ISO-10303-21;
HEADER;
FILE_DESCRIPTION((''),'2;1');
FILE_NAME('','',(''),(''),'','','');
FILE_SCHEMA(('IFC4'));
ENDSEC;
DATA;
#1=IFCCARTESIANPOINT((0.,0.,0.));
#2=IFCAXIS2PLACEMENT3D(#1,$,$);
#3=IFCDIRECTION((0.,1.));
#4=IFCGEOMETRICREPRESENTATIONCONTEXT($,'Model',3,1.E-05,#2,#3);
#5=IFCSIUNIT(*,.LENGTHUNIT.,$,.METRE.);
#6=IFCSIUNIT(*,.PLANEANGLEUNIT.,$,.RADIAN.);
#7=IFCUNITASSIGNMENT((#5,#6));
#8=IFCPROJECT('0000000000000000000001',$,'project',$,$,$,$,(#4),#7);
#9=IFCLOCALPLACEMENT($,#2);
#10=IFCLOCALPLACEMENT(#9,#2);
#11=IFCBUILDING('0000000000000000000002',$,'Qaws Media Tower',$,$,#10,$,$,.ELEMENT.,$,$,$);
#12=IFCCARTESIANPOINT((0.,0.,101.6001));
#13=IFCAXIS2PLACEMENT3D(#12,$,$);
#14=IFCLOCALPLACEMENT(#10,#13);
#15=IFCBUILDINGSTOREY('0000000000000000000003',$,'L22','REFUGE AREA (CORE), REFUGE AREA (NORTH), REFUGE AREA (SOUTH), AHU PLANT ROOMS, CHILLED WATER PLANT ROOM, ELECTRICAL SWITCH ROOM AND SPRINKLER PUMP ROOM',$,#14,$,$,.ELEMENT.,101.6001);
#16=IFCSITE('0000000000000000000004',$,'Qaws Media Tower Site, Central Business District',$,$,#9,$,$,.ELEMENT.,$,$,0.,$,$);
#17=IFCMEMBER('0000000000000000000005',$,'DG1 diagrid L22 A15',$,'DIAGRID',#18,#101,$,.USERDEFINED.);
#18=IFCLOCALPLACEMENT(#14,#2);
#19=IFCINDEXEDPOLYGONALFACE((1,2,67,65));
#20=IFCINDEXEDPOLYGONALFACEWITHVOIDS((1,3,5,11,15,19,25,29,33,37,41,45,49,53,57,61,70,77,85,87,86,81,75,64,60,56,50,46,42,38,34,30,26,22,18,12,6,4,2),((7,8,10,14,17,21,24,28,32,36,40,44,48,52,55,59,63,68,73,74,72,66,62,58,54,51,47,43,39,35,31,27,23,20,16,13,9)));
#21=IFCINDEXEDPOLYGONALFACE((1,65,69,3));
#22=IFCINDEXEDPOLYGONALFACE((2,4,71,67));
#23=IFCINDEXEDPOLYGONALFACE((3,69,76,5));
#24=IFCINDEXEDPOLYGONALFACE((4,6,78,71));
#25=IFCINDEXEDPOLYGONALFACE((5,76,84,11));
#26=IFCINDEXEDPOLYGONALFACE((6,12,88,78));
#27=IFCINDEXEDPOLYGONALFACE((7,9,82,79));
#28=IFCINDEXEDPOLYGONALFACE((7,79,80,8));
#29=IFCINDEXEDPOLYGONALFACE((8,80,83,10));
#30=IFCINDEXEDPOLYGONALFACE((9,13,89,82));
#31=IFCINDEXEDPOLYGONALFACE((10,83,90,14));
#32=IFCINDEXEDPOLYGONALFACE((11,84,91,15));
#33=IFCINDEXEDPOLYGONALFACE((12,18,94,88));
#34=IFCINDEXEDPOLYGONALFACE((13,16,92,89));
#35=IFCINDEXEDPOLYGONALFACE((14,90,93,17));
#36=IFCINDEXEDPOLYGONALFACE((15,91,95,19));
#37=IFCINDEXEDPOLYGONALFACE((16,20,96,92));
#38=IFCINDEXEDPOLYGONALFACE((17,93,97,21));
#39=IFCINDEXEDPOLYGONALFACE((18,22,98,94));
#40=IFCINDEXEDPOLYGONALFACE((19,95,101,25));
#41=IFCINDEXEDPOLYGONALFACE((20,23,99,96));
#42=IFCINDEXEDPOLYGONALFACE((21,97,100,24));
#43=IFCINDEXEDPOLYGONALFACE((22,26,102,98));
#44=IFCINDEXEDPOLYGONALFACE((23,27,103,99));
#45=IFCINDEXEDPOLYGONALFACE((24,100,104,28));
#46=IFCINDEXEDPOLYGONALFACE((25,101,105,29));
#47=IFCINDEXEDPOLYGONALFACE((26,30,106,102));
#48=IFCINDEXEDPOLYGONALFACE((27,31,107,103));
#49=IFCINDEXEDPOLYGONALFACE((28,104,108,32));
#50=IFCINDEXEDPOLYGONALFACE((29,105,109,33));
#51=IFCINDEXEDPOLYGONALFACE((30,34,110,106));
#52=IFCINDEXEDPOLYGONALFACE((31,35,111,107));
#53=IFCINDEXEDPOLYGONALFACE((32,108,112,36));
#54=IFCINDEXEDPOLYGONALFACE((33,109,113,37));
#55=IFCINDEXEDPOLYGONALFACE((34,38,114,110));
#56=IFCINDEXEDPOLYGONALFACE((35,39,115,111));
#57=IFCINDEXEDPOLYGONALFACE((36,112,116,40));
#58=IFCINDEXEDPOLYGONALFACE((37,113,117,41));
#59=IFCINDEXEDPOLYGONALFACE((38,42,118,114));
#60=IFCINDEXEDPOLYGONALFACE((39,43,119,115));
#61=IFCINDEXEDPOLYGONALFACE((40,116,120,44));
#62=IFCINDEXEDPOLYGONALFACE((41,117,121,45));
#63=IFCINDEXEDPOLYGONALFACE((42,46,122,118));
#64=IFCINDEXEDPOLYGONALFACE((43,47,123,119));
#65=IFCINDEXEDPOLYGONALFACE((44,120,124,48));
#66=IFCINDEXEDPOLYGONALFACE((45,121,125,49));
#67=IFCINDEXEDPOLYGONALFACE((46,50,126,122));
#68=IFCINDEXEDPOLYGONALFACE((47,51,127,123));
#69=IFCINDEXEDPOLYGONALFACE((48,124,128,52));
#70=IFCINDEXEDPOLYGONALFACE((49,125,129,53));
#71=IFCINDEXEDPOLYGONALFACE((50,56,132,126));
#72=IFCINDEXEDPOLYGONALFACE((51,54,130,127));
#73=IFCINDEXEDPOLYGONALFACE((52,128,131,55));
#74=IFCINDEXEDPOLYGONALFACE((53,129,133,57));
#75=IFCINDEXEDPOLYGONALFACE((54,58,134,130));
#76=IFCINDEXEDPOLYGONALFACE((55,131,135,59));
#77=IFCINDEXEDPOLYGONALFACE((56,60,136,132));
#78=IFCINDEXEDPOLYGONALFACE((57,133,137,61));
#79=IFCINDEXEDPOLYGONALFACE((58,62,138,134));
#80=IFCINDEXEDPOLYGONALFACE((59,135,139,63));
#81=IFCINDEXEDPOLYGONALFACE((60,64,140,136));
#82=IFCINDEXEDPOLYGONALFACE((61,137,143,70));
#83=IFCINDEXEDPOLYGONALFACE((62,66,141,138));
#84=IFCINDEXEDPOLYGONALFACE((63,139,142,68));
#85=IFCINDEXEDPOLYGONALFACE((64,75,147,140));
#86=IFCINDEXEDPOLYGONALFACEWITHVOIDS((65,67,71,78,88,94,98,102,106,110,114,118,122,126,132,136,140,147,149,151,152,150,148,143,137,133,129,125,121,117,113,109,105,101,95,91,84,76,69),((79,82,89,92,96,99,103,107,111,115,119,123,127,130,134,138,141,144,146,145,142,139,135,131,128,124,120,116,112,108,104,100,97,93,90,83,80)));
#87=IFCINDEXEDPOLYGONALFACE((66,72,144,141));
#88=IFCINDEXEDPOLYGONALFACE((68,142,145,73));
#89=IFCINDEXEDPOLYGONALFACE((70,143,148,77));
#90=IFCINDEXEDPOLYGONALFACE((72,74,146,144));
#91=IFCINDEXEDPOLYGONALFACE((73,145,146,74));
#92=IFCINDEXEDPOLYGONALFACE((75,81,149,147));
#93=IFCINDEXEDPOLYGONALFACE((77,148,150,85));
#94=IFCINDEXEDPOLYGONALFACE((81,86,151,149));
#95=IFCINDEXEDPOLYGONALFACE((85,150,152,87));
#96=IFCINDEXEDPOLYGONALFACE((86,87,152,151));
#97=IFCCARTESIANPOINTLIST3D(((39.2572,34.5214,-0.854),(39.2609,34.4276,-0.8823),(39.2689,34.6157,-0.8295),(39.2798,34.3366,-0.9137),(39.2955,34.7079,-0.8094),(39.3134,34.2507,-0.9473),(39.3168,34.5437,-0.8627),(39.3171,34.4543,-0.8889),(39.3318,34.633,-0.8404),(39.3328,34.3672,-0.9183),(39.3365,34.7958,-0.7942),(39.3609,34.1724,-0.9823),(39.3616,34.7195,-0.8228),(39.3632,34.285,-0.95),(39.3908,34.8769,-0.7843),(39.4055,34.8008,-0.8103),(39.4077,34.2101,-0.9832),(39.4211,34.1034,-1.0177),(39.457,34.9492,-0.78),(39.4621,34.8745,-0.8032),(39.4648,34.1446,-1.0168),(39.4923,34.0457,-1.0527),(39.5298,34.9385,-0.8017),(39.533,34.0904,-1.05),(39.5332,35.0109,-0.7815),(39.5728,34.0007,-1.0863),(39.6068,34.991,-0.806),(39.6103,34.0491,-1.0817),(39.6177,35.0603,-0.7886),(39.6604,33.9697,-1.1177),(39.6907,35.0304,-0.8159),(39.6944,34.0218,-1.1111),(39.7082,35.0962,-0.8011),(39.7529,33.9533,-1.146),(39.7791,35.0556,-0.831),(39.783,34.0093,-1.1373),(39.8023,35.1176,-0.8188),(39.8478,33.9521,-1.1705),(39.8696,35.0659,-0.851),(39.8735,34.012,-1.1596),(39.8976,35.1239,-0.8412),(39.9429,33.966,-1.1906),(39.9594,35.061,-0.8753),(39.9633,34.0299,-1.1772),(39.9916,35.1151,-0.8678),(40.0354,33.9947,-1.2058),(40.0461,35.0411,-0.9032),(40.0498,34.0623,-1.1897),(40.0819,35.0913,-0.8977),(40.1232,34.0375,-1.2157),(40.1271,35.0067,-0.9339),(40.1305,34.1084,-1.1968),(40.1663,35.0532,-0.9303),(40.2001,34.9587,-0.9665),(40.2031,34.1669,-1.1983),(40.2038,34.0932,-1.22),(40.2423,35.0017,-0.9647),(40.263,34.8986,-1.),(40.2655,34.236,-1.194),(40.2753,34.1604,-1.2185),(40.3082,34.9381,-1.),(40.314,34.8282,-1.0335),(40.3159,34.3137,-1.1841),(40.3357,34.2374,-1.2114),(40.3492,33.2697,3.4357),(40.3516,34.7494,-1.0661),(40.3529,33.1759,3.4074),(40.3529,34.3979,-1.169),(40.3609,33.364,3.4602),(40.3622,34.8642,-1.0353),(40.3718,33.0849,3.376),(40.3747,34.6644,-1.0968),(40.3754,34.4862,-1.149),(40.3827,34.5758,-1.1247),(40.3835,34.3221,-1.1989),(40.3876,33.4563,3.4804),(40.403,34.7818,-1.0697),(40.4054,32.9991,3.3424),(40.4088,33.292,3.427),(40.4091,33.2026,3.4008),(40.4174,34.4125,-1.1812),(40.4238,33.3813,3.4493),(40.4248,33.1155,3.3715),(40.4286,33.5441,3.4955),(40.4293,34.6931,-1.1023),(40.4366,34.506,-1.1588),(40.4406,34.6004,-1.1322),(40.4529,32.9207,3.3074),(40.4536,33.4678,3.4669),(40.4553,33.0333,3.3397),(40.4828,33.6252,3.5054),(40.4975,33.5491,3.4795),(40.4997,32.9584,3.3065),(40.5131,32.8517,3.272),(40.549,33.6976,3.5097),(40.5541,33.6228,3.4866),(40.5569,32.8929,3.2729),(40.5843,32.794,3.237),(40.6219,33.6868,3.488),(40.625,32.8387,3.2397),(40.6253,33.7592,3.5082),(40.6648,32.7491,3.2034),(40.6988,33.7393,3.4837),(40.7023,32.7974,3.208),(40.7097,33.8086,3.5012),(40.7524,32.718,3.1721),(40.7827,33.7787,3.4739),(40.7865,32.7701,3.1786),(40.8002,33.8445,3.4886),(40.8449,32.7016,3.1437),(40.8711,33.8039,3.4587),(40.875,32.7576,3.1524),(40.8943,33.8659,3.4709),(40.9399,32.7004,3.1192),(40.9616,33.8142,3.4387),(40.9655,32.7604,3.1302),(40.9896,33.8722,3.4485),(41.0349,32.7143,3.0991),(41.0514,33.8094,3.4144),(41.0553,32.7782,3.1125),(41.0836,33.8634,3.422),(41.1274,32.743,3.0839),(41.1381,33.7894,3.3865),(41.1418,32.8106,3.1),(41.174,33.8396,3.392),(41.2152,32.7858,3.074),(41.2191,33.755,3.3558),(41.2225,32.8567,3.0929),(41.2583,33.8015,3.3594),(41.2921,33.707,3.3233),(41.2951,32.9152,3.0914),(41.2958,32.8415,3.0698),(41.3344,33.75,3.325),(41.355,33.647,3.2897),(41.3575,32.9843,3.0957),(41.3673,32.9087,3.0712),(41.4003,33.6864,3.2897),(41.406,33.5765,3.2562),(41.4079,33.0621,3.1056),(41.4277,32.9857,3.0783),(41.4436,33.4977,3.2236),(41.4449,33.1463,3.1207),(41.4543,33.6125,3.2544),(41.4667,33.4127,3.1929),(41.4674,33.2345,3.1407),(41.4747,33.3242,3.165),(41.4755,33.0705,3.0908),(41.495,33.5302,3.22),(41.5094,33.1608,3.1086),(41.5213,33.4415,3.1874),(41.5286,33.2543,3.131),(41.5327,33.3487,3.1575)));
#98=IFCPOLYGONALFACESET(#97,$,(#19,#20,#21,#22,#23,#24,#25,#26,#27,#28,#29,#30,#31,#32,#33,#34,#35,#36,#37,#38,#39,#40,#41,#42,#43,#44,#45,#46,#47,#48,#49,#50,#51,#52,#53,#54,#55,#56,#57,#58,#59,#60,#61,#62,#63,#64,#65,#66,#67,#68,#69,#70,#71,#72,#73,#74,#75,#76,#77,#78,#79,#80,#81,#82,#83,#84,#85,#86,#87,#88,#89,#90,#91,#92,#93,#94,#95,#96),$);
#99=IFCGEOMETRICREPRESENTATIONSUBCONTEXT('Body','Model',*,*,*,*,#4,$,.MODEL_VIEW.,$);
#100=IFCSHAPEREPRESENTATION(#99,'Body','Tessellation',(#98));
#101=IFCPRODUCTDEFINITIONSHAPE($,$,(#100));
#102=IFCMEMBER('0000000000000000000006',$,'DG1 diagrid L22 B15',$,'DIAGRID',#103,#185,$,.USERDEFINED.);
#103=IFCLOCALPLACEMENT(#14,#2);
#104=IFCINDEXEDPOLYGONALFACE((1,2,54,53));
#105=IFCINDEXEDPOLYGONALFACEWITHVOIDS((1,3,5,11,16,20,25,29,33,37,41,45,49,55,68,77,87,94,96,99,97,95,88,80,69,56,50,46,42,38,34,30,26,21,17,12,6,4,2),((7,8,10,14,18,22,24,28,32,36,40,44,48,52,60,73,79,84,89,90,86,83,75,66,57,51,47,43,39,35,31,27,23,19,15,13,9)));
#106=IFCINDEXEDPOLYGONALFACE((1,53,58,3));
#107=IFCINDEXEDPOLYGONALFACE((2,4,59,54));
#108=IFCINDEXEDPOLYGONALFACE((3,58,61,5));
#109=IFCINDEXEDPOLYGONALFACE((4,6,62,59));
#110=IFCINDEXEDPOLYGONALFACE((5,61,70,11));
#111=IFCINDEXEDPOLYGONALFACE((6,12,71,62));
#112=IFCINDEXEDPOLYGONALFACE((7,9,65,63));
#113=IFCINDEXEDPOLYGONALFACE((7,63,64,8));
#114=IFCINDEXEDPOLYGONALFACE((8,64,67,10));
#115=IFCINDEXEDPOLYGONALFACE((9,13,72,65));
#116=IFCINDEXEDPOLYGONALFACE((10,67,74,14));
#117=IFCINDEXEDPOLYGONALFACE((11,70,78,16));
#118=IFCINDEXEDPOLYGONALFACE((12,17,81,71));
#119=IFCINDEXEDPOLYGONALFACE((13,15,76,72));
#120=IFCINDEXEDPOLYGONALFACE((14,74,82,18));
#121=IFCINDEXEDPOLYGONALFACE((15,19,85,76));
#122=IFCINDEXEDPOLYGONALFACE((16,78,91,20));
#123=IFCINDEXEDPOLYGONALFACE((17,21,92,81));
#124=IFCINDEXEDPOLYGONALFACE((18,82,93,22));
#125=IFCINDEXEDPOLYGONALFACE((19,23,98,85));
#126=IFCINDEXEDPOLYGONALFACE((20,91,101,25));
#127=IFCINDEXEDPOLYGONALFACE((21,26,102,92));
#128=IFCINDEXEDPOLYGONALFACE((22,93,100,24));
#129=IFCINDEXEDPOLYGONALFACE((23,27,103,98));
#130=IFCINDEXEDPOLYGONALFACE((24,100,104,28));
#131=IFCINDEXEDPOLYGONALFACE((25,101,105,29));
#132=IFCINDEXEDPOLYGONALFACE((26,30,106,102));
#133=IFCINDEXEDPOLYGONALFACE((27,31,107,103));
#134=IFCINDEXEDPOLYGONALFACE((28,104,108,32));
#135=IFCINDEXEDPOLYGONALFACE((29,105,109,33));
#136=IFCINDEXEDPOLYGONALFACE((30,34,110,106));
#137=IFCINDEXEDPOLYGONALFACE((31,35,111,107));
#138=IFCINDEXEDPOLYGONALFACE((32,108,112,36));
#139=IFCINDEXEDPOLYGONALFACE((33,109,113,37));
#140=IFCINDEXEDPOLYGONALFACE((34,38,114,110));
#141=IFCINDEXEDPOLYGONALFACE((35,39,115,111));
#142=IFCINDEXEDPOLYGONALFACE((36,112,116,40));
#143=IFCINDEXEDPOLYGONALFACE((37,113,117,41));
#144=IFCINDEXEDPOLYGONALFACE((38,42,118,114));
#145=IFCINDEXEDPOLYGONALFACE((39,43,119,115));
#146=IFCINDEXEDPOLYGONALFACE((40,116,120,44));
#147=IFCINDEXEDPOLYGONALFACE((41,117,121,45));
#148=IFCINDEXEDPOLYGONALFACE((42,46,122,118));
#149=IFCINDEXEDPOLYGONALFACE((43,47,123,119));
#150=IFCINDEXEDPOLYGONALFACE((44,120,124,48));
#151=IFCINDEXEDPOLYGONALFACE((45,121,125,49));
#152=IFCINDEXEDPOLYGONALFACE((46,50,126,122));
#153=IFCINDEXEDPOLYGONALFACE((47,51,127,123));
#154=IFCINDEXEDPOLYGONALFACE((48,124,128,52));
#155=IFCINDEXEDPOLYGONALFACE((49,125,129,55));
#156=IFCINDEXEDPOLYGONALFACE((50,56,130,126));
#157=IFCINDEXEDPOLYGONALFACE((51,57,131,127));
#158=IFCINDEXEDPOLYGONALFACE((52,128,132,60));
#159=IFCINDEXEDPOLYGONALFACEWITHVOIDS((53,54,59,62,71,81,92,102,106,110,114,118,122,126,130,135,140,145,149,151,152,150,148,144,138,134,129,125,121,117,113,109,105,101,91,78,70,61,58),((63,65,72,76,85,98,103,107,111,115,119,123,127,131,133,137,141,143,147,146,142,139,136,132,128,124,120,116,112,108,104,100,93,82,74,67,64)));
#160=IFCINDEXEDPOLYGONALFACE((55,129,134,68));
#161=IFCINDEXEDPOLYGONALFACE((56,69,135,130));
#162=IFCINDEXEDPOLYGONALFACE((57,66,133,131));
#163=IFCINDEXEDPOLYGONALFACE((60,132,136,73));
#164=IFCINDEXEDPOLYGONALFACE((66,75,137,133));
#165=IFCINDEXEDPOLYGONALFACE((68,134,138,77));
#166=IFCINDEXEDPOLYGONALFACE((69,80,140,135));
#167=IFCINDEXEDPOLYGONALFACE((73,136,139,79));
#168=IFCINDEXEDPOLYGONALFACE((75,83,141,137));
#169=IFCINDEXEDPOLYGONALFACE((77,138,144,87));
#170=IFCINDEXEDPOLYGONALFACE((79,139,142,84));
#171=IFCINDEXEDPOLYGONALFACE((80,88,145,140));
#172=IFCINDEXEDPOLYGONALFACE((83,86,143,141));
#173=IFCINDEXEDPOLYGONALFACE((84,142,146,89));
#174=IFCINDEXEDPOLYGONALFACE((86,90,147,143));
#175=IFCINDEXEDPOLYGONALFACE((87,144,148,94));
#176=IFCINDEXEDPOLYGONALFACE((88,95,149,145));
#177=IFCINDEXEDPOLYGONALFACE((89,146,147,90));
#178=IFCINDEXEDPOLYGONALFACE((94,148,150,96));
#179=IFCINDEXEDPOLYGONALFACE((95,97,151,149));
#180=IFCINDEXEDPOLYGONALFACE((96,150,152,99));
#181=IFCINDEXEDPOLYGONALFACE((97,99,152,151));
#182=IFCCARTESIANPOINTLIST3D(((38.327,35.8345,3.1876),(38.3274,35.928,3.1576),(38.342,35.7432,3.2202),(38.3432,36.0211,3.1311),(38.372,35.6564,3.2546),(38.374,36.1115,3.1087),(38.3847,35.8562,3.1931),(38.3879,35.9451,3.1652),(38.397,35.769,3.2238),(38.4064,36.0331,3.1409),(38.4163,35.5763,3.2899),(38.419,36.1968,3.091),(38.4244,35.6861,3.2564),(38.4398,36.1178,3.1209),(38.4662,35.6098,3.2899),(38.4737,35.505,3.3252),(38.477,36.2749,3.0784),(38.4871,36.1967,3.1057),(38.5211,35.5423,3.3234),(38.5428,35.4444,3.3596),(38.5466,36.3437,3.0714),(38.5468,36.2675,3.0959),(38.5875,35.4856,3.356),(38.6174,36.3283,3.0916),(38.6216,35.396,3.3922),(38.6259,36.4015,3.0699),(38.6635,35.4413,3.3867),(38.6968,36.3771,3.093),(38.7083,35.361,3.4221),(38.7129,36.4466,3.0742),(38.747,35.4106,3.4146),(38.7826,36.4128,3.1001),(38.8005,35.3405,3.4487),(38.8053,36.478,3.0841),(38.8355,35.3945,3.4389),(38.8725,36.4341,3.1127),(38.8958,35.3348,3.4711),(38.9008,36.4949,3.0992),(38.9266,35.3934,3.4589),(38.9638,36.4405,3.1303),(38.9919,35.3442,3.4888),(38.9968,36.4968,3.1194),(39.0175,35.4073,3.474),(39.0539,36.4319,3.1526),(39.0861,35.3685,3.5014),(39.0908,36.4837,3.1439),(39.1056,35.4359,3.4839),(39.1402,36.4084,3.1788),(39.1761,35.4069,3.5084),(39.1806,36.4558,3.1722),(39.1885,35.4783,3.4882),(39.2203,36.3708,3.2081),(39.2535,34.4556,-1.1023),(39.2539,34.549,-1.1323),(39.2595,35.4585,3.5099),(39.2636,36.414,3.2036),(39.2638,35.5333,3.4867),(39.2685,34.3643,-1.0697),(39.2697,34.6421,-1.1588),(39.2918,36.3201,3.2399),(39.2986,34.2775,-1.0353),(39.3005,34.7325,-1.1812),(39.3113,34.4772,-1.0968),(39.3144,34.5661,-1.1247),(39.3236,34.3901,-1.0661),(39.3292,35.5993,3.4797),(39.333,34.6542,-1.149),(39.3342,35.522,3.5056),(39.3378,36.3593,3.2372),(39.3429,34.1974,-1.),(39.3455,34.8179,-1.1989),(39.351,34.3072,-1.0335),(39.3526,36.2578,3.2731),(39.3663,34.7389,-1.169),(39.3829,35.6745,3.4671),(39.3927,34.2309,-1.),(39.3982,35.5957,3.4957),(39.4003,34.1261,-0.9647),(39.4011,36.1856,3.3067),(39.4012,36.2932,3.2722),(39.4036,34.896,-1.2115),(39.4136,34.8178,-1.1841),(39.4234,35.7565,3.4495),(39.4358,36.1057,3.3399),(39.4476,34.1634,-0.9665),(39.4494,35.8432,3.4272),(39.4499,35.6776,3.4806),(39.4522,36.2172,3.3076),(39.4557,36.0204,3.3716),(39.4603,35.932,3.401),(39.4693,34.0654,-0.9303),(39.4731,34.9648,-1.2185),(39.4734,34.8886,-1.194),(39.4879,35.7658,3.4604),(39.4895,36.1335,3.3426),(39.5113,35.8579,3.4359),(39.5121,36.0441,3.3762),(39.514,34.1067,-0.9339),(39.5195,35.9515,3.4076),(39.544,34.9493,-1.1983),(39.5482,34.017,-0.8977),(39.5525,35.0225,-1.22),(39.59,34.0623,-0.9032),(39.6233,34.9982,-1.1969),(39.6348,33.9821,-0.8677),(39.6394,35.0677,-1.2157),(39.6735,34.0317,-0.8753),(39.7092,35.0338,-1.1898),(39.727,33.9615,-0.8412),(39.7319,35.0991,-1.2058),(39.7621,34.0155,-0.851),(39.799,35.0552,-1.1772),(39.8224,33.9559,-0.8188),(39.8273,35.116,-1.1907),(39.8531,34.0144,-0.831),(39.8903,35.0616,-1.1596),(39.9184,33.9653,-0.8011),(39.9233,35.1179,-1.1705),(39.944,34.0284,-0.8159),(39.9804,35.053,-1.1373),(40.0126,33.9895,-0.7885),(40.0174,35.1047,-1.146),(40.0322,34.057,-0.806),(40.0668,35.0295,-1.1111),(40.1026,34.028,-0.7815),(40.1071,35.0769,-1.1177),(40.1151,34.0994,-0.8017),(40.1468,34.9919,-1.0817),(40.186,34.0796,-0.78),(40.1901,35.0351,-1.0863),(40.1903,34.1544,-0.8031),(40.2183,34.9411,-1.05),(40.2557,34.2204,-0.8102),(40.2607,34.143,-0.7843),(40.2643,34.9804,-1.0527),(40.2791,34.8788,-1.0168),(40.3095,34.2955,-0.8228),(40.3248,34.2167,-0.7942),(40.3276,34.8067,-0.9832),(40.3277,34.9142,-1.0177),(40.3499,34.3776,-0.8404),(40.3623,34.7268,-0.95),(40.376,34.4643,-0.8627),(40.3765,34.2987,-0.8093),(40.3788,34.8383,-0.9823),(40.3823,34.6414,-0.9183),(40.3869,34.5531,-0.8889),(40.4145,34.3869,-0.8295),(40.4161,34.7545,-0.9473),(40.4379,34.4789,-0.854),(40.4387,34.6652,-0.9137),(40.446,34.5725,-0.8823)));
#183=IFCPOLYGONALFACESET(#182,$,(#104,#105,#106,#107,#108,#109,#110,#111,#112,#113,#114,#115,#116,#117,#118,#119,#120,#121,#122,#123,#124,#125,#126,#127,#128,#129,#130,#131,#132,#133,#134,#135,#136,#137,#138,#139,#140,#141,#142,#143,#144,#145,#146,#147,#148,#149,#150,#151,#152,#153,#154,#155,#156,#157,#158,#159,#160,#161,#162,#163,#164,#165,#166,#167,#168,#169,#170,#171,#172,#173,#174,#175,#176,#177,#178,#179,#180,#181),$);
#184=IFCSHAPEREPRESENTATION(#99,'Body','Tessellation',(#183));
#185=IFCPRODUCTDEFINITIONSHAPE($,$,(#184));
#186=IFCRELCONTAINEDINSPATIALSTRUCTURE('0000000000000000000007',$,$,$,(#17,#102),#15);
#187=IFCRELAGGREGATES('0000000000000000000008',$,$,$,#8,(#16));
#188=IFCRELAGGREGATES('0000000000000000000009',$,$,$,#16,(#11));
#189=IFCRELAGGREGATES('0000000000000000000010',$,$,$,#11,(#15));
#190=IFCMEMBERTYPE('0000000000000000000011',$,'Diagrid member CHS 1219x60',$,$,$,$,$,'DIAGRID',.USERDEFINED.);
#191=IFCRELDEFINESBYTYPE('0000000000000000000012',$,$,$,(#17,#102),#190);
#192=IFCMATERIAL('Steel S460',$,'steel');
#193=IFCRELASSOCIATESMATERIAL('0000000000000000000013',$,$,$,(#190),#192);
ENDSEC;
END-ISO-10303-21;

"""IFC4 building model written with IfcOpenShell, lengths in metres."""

from ifc_helpers import new_model, si_unit, direction, frame, origin, origin_2d, place, context, subcontext, project, spatial, hollow_circle, extrude, material, material_profile, profile_set, type_object, element, save


model = new_model("IFC4")

# Units and contexts
model_context = context("Model", 3, precision=1e-05, world=origin(), true_north=direction((0.0, 1.0)))
body_context = subcontext(model_context, "Body", "Model", "MODEL_VIEW")
ifc_project = project(units=[si_unit("LENGTHUNIT", "METRE"), si_unit("PLANEANGLEUNIT", "RADIAN")], contexts=[model_context])

# Site, building, storey
site_placement = place(None, origin())
site = spatial("IfcSite", under=ifc_project, at=site_placement, Name="Qaws Media Tower Site, Central Business District", CompositionType="ELEMENT", RefElevation=0.0)
building_placement = place(site_placement, origin())
building = spatial("IfcBuilding", under=site, at=building_placement, Name="Qaws Media Tower", CompositionType="ELEMENT")
storey_placement = place(building_placement, frame((0.0, 0.0, 101.6001)))
storey = spatial("IfcBuildingStorey", under=building, at=storey_placement, Name="L22", Description="REFUGE AREA (CORE), REFUGE AREA (NORTH), REFUGE AREA (SOUTH), AHU PLANT ROOMS, CHILLED WATER PLANT ROOM, ELECTRICAL SWITCH ROOM AND SPRINKLER PUMP ROOM", CompositionType="ELEMENT", Elevation=101.6001)

# Members
ifc_material_1 = material(Name="Steel S460", Category="steel")
ifc_material_profile_1 = material_profile(ifc_material_1, hollow_circle(Radius=0.6096, WallThickness=0.0601, at=origin_2d()), Name="CHS 1219x60")
ifc_profile_set_1 = profile_set([ifc_material_profile_1], Name="Steel S460")
member_type = type_object("IfcMemberType", Name="Diagrid member CHS 1219x60", ElementType="DIAGRID", PredefinedType="USERDEFINED", material=ifc_profile_set_1)
member_1_placement = place(storey_placement, frame((39.8489, 34.5374, -1.0), z_axis=(0.237391, -0.2721, 0.932527), x_axis=(0.753532, 0.657411, 0.0)))
element("IfcMember", 1, at=member_1_placement, inside=storey, type_object=member_type, Name="DG1 diagrid L22 A15", ObjectType="DIAGRID", PredefinedType="USERDEFINED", context=body_context, shape_type="SweptSolid", body=[
    extrude(hollow_circle(Radius=0.6096, WallThickness=0.0601, at=origin_2d()), origin(), (0.0, 0.0, 1.0), 4.6001),
])
for number, where, z_axis, x_axis, name in (
    (2, (39.8489, 34.5374, -1.0), (-0.201406, 0.299747, 0.932517), (-0.830033, -0.557715, 0.0), "DG1 diagrid L22 B15"),
):
    element("IfcMember", number, at=place(storey_placement, frame(where, z_axis=z_axis, x_axis=x_axis)), inside=storey, type_object=member_type, Name=name, ObjectType="DIAGRID", PredefinedType="USERDEFINED", context=body_context, shape_type="SweptSolid", body=[
        extrude(hollow_circle(Radius=0.6096, WallThickness=0.0601, at=origin_2d()), origin(), (0.0, 0.0, 1.0), 4.6003),
    ])

save(model, "model.ifc")
